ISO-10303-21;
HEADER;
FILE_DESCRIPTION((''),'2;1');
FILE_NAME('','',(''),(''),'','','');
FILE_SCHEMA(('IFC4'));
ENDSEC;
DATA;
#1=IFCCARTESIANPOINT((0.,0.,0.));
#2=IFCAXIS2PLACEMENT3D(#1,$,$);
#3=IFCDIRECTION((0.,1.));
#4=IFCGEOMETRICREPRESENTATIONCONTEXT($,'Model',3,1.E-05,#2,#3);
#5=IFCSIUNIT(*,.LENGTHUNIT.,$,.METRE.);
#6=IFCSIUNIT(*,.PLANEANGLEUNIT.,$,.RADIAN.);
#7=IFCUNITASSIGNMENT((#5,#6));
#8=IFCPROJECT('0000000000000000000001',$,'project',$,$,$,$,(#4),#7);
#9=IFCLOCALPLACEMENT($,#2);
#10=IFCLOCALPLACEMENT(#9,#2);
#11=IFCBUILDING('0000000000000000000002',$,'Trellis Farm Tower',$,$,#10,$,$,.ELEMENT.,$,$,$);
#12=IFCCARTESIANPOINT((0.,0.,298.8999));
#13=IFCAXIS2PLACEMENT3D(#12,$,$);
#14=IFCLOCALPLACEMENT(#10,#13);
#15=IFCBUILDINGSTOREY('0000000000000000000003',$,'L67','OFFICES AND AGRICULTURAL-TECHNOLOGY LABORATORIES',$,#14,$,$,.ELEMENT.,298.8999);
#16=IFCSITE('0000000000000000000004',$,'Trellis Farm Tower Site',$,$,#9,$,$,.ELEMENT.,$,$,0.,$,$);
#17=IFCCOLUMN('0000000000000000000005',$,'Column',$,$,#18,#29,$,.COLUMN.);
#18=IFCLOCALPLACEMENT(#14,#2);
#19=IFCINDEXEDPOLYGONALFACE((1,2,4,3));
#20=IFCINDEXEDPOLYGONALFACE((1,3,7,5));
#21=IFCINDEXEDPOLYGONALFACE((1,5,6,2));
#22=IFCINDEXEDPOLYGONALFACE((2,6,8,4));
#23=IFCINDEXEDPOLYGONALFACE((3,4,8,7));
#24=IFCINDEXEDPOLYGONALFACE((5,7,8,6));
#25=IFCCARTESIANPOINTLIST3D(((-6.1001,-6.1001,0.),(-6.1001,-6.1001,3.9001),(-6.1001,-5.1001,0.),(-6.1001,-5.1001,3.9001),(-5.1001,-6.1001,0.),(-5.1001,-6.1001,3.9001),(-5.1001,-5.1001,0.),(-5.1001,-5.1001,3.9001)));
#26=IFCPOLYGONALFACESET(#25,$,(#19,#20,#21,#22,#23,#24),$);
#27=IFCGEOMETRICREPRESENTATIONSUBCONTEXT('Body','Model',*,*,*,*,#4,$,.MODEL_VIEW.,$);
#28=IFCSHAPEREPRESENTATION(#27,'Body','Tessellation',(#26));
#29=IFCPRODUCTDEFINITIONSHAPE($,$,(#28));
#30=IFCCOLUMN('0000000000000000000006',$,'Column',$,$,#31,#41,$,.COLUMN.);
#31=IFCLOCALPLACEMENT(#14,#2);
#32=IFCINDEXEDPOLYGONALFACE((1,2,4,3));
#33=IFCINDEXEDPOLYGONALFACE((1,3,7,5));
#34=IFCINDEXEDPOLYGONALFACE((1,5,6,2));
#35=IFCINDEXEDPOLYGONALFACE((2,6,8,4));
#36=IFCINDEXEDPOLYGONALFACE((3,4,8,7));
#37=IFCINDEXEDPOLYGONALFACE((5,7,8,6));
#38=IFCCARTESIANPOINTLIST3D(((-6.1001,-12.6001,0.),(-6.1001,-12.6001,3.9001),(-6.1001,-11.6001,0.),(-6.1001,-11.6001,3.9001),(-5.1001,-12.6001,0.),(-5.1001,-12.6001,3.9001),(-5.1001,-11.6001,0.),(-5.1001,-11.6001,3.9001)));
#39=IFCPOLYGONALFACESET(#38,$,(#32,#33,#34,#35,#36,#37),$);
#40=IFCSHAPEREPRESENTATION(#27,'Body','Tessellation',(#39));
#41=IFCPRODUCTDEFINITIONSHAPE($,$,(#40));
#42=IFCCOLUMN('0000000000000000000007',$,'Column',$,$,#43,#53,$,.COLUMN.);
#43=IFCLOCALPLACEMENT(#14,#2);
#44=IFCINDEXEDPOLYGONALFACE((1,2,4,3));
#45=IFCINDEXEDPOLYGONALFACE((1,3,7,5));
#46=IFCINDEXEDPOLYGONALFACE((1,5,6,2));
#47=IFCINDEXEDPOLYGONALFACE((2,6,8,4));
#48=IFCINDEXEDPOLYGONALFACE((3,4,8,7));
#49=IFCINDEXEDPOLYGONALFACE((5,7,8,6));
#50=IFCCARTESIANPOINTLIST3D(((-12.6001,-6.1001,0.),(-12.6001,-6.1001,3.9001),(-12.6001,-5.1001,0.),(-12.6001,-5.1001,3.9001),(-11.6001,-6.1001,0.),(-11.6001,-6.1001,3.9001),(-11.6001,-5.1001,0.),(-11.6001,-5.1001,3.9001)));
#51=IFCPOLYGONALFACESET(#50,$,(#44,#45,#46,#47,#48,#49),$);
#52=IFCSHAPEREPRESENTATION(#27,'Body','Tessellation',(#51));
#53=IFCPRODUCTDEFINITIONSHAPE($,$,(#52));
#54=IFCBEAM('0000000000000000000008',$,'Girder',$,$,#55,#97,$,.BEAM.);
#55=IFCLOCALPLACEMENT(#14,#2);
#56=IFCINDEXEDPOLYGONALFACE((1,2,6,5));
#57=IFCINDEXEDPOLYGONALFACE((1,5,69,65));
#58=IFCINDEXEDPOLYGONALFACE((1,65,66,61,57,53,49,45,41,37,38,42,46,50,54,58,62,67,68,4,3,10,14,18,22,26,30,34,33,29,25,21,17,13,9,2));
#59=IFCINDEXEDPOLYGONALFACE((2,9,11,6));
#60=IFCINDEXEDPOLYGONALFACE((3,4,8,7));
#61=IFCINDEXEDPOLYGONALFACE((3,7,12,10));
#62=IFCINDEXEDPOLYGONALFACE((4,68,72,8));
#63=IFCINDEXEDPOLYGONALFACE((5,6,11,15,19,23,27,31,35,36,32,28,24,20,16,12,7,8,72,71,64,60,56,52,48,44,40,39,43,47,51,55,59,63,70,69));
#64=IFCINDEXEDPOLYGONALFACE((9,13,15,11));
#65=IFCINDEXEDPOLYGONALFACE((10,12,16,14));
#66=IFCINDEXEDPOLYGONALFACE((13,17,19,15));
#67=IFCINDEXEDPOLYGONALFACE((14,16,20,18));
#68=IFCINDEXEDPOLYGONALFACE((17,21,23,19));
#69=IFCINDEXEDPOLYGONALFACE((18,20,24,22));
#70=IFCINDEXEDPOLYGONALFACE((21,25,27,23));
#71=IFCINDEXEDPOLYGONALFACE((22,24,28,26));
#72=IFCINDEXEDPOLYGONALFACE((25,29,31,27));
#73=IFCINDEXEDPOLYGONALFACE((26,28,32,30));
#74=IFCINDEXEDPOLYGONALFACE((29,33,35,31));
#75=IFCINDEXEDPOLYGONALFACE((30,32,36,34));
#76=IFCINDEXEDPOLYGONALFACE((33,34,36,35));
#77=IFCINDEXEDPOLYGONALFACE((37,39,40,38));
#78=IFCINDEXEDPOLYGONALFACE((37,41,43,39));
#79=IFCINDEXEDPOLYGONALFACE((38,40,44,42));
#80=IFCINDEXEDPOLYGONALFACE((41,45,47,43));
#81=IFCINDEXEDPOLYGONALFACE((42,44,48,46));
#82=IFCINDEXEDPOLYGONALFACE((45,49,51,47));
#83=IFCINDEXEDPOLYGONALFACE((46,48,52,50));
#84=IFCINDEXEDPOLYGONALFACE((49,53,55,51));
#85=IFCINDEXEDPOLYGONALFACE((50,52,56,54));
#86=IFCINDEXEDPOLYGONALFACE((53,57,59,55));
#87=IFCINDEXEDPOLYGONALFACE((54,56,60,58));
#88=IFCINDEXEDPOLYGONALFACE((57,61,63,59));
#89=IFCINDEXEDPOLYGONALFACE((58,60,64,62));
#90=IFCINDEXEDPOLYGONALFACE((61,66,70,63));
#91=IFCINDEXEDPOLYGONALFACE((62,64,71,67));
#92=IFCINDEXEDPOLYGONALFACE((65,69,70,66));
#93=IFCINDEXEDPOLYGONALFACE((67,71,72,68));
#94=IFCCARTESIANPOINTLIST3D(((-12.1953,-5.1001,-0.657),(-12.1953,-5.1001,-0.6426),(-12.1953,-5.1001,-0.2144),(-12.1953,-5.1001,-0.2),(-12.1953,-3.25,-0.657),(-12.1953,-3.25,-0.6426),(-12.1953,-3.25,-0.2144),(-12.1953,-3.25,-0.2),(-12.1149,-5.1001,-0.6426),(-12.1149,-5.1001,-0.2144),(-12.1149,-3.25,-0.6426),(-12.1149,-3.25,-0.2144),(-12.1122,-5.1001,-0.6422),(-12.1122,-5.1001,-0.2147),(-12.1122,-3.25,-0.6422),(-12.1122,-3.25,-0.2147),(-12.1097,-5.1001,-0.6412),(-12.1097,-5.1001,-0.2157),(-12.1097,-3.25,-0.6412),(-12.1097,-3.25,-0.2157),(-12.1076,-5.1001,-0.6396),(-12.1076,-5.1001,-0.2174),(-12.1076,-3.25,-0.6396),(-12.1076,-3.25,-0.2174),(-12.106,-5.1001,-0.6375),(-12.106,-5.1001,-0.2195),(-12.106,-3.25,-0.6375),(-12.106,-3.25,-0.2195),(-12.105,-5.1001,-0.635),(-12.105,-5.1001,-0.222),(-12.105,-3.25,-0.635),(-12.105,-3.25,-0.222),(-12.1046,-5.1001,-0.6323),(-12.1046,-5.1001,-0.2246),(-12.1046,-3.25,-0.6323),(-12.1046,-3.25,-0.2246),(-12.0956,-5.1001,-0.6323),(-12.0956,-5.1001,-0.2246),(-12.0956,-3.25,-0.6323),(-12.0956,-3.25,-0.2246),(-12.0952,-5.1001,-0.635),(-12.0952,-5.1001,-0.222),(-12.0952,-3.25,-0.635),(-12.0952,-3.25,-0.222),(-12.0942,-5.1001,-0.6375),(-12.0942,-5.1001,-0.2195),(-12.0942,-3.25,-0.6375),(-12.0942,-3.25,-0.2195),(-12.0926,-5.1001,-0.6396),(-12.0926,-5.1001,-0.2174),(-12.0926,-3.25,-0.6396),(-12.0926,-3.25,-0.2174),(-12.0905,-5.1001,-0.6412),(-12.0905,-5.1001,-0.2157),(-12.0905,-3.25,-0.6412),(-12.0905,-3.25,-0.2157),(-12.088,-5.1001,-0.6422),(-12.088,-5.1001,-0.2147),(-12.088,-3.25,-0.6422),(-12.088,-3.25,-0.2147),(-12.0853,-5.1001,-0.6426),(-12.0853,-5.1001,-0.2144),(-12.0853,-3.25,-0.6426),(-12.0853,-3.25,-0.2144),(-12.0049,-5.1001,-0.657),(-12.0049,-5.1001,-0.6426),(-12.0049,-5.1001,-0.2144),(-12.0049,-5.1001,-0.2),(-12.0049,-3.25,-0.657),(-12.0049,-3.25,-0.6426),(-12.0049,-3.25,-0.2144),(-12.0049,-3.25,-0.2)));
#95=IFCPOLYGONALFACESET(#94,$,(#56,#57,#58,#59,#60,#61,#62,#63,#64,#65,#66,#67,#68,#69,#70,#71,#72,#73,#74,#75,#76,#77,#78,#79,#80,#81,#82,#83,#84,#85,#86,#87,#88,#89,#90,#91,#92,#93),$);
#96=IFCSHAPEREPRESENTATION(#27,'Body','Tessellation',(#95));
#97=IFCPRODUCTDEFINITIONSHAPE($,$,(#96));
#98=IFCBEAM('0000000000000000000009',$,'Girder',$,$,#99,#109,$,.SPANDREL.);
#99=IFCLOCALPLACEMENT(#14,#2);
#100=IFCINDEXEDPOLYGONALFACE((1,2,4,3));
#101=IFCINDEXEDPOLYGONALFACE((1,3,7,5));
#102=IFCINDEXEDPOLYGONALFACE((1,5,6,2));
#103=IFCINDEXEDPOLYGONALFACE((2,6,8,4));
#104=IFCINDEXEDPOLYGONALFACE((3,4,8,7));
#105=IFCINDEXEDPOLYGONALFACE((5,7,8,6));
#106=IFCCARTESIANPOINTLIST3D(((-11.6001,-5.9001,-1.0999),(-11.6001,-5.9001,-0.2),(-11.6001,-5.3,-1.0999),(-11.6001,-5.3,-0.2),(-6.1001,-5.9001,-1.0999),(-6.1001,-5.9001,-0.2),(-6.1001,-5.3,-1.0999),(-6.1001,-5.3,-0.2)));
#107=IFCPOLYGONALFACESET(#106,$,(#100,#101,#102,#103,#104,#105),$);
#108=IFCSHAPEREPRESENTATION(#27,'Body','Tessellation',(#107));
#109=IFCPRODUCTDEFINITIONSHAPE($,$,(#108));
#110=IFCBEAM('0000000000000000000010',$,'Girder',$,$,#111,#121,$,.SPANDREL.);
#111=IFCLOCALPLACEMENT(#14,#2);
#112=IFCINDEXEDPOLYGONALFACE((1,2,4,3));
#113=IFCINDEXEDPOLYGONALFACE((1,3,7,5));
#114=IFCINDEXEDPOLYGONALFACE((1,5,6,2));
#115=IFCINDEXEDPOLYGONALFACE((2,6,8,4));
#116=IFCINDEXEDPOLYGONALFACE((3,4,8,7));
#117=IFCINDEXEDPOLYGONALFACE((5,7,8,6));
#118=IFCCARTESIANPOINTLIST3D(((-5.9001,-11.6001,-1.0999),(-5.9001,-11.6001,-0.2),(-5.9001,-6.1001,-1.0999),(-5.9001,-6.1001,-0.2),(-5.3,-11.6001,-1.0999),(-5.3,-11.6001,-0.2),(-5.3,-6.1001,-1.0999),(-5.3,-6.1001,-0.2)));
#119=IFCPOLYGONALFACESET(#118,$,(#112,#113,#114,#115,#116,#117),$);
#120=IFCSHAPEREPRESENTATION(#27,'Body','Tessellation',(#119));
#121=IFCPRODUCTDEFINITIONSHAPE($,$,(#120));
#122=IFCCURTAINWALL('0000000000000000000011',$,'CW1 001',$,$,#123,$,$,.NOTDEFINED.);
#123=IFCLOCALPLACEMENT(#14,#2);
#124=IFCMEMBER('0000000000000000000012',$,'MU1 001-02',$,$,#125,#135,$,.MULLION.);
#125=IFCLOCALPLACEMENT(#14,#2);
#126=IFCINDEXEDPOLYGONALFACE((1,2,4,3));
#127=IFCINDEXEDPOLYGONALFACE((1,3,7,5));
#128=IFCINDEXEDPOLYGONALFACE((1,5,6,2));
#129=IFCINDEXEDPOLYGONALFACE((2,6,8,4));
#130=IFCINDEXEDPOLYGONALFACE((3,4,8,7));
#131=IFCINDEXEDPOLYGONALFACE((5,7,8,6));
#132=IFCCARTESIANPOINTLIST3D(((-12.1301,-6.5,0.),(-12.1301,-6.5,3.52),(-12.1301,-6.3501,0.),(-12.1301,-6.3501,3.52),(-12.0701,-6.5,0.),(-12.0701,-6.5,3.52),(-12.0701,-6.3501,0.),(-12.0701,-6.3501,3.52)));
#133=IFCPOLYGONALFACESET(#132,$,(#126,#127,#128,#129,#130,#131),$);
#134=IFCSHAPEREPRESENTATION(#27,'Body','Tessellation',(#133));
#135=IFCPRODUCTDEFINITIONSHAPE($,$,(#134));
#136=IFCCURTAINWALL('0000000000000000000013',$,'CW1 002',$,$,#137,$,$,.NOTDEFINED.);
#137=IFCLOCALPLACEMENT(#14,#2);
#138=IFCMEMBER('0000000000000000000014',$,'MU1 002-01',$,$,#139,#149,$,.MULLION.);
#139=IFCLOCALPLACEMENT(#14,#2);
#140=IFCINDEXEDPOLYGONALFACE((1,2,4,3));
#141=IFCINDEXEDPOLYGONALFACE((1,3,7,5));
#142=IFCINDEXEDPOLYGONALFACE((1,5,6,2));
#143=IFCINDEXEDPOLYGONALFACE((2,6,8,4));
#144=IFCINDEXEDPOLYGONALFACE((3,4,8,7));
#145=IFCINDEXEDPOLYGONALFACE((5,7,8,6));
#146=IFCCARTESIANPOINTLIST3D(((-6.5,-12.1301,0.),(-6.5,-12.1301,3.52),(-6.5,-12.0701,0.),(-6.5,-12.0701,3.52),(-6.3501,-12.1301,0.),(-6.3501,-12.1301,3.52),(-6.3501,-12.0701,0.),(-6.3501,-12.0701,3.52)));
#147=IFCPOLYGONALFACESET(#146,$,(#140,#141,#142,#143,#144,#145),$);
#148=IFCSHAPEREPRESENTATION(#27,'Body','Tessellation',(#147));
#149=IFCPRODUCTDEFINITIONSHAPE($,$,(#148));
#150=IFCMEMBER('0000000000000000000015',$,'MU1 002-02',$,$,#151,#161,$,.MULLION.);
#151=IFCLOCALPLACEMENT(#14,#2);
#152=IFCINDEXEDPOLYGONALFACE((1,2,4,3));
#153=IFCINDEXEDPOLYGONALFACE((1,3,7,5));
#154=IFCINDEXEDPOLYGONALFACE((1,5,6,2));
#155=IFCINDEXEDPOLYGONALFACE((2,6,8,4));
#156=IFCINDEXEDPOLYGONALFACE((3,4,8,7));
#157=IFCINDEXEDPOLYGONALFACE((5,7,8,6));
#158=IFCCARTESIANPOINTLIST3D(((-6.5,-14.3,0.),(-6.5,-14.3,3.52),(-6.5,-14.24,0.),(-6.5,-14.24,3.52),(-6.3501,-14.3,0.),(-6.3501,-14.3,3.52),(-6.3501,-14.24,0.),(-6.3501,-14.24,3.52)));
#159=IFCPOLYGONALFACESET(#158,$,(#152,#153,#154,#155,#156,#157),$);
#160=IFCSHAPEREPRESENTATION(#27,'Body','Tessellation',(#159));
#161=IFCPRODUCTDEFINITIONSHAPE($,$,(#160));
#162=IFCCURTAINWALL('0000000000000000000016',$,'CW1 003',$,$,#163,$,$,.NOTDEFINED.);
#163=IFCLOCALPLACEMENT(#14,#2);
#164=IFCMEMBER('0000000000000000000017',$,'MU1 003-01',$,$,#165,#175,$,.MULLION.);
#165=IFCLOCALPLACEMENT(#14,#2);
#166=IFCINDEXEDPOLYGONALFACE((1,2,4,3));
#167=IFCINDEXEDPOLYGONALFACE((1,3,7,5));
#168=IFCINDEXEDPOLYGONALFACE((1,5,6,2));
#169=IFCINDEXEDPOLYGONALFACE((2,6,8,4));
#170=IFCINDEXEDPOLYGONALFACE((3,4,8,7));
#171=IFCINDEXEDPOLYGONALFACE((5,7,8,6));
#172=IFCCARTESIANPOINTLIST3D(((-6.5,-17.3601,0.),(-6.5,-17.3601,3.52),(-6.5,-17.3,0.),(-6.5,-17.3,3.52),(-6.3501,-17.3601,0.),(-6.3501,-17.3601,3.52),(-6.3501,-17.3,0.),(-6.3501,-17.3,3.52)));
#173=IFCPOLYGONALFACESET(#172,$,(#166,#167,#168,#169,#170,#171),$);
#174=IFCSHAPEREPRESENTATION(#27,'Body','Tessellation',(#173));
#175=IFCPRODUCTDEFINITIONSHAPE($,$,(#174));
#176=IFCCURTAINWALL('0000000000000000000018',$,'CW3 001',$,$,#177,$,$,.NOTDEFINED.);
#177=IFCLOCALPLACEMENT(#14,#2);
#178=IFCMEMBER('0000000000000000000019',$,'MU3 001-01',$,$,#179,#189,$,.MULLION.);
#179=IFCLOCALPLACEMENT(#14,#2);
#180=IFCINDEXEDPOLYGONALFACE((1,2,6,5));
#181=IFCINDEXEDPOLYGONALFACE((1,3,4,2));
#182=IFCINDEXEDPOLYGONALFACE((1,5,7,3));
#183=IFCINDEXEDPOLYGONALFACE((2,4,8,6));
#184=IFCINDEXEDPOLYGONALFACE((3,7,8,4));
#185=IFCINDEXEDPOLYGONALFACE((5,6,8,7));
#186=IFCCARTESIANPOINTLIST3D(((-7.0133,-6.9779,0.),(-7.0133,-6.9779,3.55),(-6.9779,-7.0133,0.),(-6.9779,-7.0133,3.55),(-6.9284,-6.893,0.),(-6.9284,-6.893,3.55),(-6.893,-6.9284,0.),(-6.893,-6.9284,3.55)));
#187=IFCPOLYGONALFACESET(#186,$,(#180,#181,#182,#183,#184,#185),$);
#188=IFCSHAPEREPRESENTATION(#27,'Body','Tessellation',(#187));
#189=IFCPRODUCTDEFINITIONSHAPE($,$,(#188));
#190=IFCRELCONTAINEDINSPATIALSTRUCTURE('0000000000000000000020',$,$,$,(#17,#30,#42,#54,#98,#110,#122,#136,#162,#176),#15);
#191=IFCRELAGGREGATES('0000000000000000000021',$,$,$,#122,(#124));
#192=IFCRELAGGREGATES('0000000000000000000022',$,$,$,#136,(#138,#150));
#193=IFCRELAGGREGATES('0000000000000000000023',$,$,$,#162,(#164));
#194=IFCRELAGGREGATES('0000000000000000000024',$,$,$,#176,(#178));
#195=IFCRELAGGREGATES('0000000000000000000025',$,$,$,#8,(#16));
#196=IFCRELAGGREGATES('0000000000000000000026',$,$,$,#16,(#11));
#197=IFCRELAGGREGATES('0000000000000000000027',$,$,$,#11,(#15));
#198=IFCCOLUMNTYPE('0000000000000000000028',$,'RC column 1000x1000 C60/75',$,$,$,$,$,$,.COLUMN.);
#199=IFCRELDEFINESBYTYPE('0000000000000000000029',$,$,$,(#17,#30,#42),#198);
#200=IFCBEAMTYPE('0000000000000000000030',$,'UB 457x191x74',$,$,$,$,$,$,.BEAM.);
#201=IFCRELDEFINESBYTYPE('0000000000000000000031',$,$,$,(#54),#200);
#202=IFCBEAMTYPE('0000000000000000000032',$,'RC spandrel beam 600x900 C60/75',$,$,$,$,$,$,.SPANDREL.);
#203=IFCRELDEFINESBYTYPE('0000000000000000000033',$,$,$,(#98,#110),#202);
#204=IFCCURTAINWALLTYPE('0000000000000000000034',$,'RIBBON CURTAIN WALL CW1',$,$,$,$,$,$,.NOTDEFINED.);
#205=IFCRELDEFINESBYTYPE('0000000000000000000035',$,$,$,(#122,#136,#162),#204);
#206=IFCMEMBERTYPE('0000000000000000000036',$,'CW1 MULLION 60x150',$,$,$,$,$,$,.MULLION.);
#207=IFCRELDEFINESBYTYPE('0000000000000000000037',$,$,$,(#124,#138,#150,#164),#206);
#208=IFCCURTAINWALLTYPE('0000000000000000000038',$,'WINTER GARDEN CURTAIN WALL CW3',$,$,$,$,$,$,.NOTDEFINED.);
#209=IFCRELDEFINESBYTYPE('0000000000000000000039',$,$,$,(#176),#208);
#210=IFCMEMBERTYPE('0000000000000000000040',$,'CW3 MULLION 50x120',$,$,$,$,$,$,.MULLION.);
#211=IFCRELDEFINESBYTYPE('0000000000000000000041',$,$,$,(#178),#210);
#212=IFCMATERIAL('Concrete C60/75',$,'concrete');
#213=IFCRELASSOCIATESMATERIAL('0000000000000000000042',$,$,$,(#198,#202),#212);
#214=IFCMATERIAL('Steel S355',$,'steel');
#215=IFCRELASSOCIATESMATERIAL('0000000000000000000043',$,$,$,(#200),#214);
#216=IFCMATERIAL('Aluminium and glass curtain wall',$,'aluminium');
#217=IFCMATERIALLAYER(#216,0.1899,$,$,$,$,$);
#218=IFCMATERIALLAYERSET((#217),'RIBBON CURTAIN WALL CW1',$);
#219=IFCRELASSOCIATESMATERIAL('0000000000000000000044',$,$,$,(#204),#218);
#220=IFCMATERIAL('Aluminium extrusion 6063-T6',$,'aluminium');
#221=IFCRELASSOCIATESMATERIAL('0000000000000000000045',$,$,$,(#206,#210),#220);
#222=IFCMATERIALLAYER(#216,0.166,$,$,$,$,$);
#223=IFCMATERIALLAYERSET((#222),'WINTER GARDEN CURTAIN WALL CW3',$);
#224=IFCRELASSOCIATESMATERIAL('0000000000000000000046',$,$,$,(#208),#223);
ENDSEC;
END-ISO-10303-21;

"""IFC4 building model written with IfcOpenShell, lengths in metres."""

from ifc_helpers import new_model, si_unit, direction, frame, origin, origin_2d, place, context, subcontext, project, spatial, rectangle, i_section, extrude, source, transform, mapped, material, layer, layer_set, material_profile, profile_set, type_object, element, aggregate, save


model = new_model("IFC4")

# Units and contexts
model_context = context("Model", 3, precision=1e-05, world=origin(), true_north=direction((0.0, 1.0)))
body_context = subcontext(model_context, "Body", "Model", "MODEL_VIEW")
ifc_project = project(units=[si_unit("LENGTHUNIT", "METRE"), si_unit("PLANEANGLEUNIT", "RADIAN")], contexts=[model_context])

# Site, building, storey
site_placement = place(None, origin())
site = spatial("IfcSite", under=ifc_project, at=site_placement, Name="Trellis Farm Tower Site", CompositionType="ELEMENT", RefElevation=0.0)
building_placement = place(site_placement, origin())
building = spatial("IfcBuilding", under=site, at=building_placement, Name="Trellis Farm Tower", CompositionType="ELEMENT")
storey_placement = place(building_placement, frame((0.0, 0.0, 298.8999)))
storey = spatial("IfcBuildingStorey", under=building, at=storey_placement, Name="L67", Description="OFFICES AND AGRICULTURAL-TECHNOLOGY LABORATORIES", CompositionType="ELEMENT", Elevation=298.8999)

# Columns
ifc_material_1 = material(Name="Concrete C60/75", Category="concrete")
ifc_material_profile_1 = material_profile(ifc_material_1, rectangle(XDim=1.0, YDim=1.0, at=origin_2d()), Name="RC column 1000x1000 C60/75")
ifc_profile_set_1 = profile_set([ifc_material_profile_1], Name="Concrete C60/75")
column_type = type_object("IfcColumnType", Name="RC column 1000x1000 C60/75", PredefinedType="COLUMN", material=ifc_profile_set_1)
shared_shape_1 = source(origin(), body_context, "Body", "SweptSolid", [
    extrude(rectangle(XDim=1.0, YDim=1.0, at=origin_2d()), origin(), (0.0, 0.0, 1.0), 3.9001),
])
for number, where, z_axis, x_axis, name in (
    (1, (-5.6001, -5.6001, 0.0), (0.0, 0.0, 1.0), (1.0, 0.0, 0.0), "Column"),
    (2, (-5.6001, -12.1001, 0.0), (0.0, 0.0, 1.0), (1.0, 0.0, 0.0), "Column"),
    (3, (-12.1001, -5.6001, 0.0), (0.0, 0.0, 1.0), (1.0, 0.0, 0.0), "Column"),
):
    element("IfcColumn", number, at=place(storey_placement, frame(where, z_axis=z_axis, x_axis=x_axis)), inside=storey, type_object=column_type, Name=name, PredefinedType="COLUMN", context=body_context, shape_type="MappedRepresentation", body=[
        mapped(shared_shape_1, transform((0.0, 0.0, 0.0))),
    ])

# Beams
ifc_material_2 = material(Name="Steel S355", Category="steel")
ifc_material_profile_2 = material_profile(ifc_material_2, i_section(OverallWidth=0.1904, OverallDepth=0.457, WebThickness=0.009, FlangeThickness=0.0144, FilletRadius=0.0103, at=origin_2d()), Name="UB 457x191x74")
ifc_profile_set_2 = profile_set([ifc_material_profile_2], Name="Steel S355")
beam_type_1 = type_object("IfcBeamType", Name="UB 457x191x74", PredefinedType="BEAM", material=ifc_profile_set_2)
shared_shape_2 = source(origin(), body_context, "Body", "SweptSolid", [
    extrude(i_section(OverallWidth=0.1904, OverallDepth=0.457, WebThickness=0.009, FlangeThickness=0.0144, FilletRadius=0.0103, at=origin_2d()), origin(), (0.0, 0.0, 1.0), 1.8501),
])
beam_placement = place(storey_placement, frame((-12.1001, -5.1001, -0.4285), z_axis=(0.0, 1.0, 0.0), x_axis=(-1.0, 0.0, 0.0)))
element("IfcBeam", 4, at=beam_placement, inside=storey, type_object=beam_type_1, Name="Girder", PredefinedType="BEAM", context=body_context, shape_type="MappedRepresentation", body=[
    mapped(shared_shape_2, transform((0.0, 0.0, 0.0))),
])
ifc_material_profile_3 = material_profile(ifc_material_1, rectangle(XDim=0.6001, YDim=0.8999, at=origin_2d()), Name="RC spandrel beam 600x900 C60/75")
ifc_profile_set_3 = profile_set([ifc_material_profile_3], Name="Concrete C60/75")
beam_type_2 = type_object("IfcBeamType", Name="RC spandrel beam 600x900 C60/75", PredefinedType="SPANDREL", material=ifc_profile_set_3)
shared_shape_3 = source(origin(), body_context, "Body", "SweptSolid", [
    extrude(rectangle(XDim=0.6001, YDim=0.8999, at=origin_2d()), origin(), (0.0, 0.0, 1.0), 5.5),
])
for number, where, z_axis, x_axis, name in (
    (5, (-11.6001, -5.6001, -0.6499), (1.0, 0.0, 0.0), (0.0, 1.0, 0.0), "Girder"),
    (6, (-5.6001, -11.6001, -0.6499), (0.0, 1.0, 0.0), (-1.0, 0.0, 0.0), "Girder"),
):
    element("IfcBeam", number, at=place(storey_placement, frame(where, z_axis=z_axis, x_axis=x_axis)), inside=storey, type_object=beam_type_2, Name=name, PredefinedType="SPANDREL", context=body_context, shape_type="MappedRepresentation", body=[
        mapped(shared_shape_3, transform((0.0, 0.0, 0.0))),
    ])

# Curtain wall, member
ifc_material_3 = material(Name="Aluminium and glass curtain wall", Category="aluminium")
ifc_layer_1 = layer(ifc_material_3, 0.1899)
ifc_layer_set_1 = layer_set([ifc_layer_1], Name="RIBBON CURTAIN WALL CW1")
curtain_wall_type_1 = type_object("IfcCurtainWallType", Name="RIBBON CURTAIN WALL CW1", PredefinedType="NOTDEFINED", material=ifc_layer_set_1)
placement = place(storey_placement, origin())
curtain_wall_1 = element("IfcCurtainWall", 7, at=placement, inside=storey, type_object=curtain_wall_type_1, Name="CW1 001", PredefinedType="NOTDEFINED")
ifc_material_4 = material(Name="Aluminium extrusion 6063-T6", Category="aluminium")
ifc_material_profile_4 = material_profile(ifc_material_4, rectangle(XDim=0.0601, YDim=0.1499, at=origin_2d()), Name="MULLION 60x150")
ifc_profile_set_4 = profile_set([ifc_material_profile_4], Name="Aluminium extrusion 6063-T6")
member_type_1 = type_object("IfcMemberType", Name="CW1 MULLION 60x150", PredefinedType="MULLION", material=ifc_profile_set_4)
shared_shape_4 = source(origin(), body_context, "Body", "SweptSolid", [
    extrude(rectangle(XDim=0.0601, YDim=0.1499, at=origin_2d()), origin(), (0.0, 0.0, 1.0), 3.52),
])
member_1_placement = place(storey_placement, frame((-12.1001, -6.425, 0.0), z_axis=(0.0, 0.0, 1.0), x_axis=(1.0, 0.0, 0.0)))
member_1 = element("IfcMember", 8, at=member_1_placement, type_object=member_type_1, Name="MU1 001-02", PredefinedType="MULLION", context=body_context, shape_type="MappedRepresentation", body=[
    mapped(shared_shape_4, transform((0.0, 0.0, 0.0))),
])
aggregate(curtain_wall_1, [member_1])

# Curtain wall, members
curtain_wall_2 = element("IfcCurtainWall", 9, at=placement, inside=storey, type_object=curtain_wall_type_1, Name="CW1 002", PredefinedType="NOTDEFINED")
member_2_placement = place(storey_placement, frame((-6.425, -12.1001, 0.0), z_axis=(0.0, 0.0, 1.0), x_axis=(0.0, -1.0, 0.0)))
member_2 = element("IfcMember", 10, at=member_2_placement, type_object=member_type_1, Name="MU1 002-01", PredefinedType="MULLION", context=body_context, shape_type="MappedRepresentation", body=[
    mapped(shared_shape_4, transform((0.0, 0.0, 0.0))),
])
member_3_placement = place(storey_placement, frame((-6.425, -14.27, 0.0), z_axis=(0.0, 0.0, 1.0), x_axis=(0.0, -1.0, 0.0)))
member_3 = element("IfcMember", 11, at=member_3_placement, type_object=member_type_1, Name="MU1 002-02", PredefinedType="MULLION", context=body_context, shape_type="MappedRepresentation", body=[
    mapped(shared_shape_4, transform((0.0, 0.0, 0.0))),
])
aggregate(curtain_wall_2, [member_2, member_3])

# Curtain walls, members
curtain_wall_3 = element("IfcCurtainWall", 12, at=placement, inside=storey, type_object=curtain_wall_type_1, Name="CW1 003", PredefinedType="NOTDEFINED")
member_4_placement = place(storey_placement, frame((-6.425, -17.3301, 0.0), z_axis=(0.0, 0.0, 1.0), x_axis=(0.0, -1.0, 0.0)))
member_4 = element("IfcMember", 13, at=member_4_placement, type_object=member_type_1, Name="MU1 003-01", PredefinedType="MULLION", context=body_context, shape_type="MappedRepresentation", body=[
    mapped(shared_shape_4, transform((0.0, 0.0, 0.0))),
])
aggregate(curtain_wall_3, [member_4])
ifc_layer_2 = layer(ifc_material_3, 0.166)
ifc_layer_set_2 = layer_set([ifc_layer_2], Name="WINTER GARDEN CURTAIN WALL CW3")
curtain_wall_type_2 = type_object("IfcCurtainWallType", Name="WINTER GARDEN CURTAIN WALL CW3", PredefinedType="NOTDEFINED", material=ifc_layer_set_2)
curtain_wall_4 = element("IfcCurtainWall", 14, at=placement, inside=storey, type_object=curtain_wall_type_2, Name="CW3 001", PredefinedType="NOTDEFINED")
ifc_material_profile_5 = material_profile(ifc_material_4, rectangle(XDim=0.05, YDim=0.1201, at=origin_2d()), Name="MULLION 50x120")
ifc_profile_set_5 = profile_set([ifc_material_profile_5], Name="Aluminium extrusion 6063-T6")
member_type_2 = type_object("IfcMemberType", Name="CW3 MULLION 50x120", PredefinedType="MULLION", material=ifc_profile_set_5)
shared_shape_5 = source(origin(), body_context, "Body", "SweptSolid", [
    extrude(rectangle(XDim=0.05, YDim=0.1201, at=origin_2d()), origin(), (0.0, 0.0, 1.0), 3.55),
])
member_5_placement = place(storey_placement, frame((-6.9531, -6.9531, 0.0), z_axis=(0.0, 0.0, 1.0), x_axis=(0.707107, -0.707107, 0.0)))
member_5 = element("IfcMember", 15, at=member_5_placement, type_object=member_type_2, Name="MU3 001-01", PredefinedType="MULLION", context=body_context, shape_type="MappedRepresentation", body=[
    mapped(shared_shape_5, transform((0.0, 0.0, 0.0))),
])
aggregate(curtain_wall_4, [member_5])

save(model, "model.ifc")
